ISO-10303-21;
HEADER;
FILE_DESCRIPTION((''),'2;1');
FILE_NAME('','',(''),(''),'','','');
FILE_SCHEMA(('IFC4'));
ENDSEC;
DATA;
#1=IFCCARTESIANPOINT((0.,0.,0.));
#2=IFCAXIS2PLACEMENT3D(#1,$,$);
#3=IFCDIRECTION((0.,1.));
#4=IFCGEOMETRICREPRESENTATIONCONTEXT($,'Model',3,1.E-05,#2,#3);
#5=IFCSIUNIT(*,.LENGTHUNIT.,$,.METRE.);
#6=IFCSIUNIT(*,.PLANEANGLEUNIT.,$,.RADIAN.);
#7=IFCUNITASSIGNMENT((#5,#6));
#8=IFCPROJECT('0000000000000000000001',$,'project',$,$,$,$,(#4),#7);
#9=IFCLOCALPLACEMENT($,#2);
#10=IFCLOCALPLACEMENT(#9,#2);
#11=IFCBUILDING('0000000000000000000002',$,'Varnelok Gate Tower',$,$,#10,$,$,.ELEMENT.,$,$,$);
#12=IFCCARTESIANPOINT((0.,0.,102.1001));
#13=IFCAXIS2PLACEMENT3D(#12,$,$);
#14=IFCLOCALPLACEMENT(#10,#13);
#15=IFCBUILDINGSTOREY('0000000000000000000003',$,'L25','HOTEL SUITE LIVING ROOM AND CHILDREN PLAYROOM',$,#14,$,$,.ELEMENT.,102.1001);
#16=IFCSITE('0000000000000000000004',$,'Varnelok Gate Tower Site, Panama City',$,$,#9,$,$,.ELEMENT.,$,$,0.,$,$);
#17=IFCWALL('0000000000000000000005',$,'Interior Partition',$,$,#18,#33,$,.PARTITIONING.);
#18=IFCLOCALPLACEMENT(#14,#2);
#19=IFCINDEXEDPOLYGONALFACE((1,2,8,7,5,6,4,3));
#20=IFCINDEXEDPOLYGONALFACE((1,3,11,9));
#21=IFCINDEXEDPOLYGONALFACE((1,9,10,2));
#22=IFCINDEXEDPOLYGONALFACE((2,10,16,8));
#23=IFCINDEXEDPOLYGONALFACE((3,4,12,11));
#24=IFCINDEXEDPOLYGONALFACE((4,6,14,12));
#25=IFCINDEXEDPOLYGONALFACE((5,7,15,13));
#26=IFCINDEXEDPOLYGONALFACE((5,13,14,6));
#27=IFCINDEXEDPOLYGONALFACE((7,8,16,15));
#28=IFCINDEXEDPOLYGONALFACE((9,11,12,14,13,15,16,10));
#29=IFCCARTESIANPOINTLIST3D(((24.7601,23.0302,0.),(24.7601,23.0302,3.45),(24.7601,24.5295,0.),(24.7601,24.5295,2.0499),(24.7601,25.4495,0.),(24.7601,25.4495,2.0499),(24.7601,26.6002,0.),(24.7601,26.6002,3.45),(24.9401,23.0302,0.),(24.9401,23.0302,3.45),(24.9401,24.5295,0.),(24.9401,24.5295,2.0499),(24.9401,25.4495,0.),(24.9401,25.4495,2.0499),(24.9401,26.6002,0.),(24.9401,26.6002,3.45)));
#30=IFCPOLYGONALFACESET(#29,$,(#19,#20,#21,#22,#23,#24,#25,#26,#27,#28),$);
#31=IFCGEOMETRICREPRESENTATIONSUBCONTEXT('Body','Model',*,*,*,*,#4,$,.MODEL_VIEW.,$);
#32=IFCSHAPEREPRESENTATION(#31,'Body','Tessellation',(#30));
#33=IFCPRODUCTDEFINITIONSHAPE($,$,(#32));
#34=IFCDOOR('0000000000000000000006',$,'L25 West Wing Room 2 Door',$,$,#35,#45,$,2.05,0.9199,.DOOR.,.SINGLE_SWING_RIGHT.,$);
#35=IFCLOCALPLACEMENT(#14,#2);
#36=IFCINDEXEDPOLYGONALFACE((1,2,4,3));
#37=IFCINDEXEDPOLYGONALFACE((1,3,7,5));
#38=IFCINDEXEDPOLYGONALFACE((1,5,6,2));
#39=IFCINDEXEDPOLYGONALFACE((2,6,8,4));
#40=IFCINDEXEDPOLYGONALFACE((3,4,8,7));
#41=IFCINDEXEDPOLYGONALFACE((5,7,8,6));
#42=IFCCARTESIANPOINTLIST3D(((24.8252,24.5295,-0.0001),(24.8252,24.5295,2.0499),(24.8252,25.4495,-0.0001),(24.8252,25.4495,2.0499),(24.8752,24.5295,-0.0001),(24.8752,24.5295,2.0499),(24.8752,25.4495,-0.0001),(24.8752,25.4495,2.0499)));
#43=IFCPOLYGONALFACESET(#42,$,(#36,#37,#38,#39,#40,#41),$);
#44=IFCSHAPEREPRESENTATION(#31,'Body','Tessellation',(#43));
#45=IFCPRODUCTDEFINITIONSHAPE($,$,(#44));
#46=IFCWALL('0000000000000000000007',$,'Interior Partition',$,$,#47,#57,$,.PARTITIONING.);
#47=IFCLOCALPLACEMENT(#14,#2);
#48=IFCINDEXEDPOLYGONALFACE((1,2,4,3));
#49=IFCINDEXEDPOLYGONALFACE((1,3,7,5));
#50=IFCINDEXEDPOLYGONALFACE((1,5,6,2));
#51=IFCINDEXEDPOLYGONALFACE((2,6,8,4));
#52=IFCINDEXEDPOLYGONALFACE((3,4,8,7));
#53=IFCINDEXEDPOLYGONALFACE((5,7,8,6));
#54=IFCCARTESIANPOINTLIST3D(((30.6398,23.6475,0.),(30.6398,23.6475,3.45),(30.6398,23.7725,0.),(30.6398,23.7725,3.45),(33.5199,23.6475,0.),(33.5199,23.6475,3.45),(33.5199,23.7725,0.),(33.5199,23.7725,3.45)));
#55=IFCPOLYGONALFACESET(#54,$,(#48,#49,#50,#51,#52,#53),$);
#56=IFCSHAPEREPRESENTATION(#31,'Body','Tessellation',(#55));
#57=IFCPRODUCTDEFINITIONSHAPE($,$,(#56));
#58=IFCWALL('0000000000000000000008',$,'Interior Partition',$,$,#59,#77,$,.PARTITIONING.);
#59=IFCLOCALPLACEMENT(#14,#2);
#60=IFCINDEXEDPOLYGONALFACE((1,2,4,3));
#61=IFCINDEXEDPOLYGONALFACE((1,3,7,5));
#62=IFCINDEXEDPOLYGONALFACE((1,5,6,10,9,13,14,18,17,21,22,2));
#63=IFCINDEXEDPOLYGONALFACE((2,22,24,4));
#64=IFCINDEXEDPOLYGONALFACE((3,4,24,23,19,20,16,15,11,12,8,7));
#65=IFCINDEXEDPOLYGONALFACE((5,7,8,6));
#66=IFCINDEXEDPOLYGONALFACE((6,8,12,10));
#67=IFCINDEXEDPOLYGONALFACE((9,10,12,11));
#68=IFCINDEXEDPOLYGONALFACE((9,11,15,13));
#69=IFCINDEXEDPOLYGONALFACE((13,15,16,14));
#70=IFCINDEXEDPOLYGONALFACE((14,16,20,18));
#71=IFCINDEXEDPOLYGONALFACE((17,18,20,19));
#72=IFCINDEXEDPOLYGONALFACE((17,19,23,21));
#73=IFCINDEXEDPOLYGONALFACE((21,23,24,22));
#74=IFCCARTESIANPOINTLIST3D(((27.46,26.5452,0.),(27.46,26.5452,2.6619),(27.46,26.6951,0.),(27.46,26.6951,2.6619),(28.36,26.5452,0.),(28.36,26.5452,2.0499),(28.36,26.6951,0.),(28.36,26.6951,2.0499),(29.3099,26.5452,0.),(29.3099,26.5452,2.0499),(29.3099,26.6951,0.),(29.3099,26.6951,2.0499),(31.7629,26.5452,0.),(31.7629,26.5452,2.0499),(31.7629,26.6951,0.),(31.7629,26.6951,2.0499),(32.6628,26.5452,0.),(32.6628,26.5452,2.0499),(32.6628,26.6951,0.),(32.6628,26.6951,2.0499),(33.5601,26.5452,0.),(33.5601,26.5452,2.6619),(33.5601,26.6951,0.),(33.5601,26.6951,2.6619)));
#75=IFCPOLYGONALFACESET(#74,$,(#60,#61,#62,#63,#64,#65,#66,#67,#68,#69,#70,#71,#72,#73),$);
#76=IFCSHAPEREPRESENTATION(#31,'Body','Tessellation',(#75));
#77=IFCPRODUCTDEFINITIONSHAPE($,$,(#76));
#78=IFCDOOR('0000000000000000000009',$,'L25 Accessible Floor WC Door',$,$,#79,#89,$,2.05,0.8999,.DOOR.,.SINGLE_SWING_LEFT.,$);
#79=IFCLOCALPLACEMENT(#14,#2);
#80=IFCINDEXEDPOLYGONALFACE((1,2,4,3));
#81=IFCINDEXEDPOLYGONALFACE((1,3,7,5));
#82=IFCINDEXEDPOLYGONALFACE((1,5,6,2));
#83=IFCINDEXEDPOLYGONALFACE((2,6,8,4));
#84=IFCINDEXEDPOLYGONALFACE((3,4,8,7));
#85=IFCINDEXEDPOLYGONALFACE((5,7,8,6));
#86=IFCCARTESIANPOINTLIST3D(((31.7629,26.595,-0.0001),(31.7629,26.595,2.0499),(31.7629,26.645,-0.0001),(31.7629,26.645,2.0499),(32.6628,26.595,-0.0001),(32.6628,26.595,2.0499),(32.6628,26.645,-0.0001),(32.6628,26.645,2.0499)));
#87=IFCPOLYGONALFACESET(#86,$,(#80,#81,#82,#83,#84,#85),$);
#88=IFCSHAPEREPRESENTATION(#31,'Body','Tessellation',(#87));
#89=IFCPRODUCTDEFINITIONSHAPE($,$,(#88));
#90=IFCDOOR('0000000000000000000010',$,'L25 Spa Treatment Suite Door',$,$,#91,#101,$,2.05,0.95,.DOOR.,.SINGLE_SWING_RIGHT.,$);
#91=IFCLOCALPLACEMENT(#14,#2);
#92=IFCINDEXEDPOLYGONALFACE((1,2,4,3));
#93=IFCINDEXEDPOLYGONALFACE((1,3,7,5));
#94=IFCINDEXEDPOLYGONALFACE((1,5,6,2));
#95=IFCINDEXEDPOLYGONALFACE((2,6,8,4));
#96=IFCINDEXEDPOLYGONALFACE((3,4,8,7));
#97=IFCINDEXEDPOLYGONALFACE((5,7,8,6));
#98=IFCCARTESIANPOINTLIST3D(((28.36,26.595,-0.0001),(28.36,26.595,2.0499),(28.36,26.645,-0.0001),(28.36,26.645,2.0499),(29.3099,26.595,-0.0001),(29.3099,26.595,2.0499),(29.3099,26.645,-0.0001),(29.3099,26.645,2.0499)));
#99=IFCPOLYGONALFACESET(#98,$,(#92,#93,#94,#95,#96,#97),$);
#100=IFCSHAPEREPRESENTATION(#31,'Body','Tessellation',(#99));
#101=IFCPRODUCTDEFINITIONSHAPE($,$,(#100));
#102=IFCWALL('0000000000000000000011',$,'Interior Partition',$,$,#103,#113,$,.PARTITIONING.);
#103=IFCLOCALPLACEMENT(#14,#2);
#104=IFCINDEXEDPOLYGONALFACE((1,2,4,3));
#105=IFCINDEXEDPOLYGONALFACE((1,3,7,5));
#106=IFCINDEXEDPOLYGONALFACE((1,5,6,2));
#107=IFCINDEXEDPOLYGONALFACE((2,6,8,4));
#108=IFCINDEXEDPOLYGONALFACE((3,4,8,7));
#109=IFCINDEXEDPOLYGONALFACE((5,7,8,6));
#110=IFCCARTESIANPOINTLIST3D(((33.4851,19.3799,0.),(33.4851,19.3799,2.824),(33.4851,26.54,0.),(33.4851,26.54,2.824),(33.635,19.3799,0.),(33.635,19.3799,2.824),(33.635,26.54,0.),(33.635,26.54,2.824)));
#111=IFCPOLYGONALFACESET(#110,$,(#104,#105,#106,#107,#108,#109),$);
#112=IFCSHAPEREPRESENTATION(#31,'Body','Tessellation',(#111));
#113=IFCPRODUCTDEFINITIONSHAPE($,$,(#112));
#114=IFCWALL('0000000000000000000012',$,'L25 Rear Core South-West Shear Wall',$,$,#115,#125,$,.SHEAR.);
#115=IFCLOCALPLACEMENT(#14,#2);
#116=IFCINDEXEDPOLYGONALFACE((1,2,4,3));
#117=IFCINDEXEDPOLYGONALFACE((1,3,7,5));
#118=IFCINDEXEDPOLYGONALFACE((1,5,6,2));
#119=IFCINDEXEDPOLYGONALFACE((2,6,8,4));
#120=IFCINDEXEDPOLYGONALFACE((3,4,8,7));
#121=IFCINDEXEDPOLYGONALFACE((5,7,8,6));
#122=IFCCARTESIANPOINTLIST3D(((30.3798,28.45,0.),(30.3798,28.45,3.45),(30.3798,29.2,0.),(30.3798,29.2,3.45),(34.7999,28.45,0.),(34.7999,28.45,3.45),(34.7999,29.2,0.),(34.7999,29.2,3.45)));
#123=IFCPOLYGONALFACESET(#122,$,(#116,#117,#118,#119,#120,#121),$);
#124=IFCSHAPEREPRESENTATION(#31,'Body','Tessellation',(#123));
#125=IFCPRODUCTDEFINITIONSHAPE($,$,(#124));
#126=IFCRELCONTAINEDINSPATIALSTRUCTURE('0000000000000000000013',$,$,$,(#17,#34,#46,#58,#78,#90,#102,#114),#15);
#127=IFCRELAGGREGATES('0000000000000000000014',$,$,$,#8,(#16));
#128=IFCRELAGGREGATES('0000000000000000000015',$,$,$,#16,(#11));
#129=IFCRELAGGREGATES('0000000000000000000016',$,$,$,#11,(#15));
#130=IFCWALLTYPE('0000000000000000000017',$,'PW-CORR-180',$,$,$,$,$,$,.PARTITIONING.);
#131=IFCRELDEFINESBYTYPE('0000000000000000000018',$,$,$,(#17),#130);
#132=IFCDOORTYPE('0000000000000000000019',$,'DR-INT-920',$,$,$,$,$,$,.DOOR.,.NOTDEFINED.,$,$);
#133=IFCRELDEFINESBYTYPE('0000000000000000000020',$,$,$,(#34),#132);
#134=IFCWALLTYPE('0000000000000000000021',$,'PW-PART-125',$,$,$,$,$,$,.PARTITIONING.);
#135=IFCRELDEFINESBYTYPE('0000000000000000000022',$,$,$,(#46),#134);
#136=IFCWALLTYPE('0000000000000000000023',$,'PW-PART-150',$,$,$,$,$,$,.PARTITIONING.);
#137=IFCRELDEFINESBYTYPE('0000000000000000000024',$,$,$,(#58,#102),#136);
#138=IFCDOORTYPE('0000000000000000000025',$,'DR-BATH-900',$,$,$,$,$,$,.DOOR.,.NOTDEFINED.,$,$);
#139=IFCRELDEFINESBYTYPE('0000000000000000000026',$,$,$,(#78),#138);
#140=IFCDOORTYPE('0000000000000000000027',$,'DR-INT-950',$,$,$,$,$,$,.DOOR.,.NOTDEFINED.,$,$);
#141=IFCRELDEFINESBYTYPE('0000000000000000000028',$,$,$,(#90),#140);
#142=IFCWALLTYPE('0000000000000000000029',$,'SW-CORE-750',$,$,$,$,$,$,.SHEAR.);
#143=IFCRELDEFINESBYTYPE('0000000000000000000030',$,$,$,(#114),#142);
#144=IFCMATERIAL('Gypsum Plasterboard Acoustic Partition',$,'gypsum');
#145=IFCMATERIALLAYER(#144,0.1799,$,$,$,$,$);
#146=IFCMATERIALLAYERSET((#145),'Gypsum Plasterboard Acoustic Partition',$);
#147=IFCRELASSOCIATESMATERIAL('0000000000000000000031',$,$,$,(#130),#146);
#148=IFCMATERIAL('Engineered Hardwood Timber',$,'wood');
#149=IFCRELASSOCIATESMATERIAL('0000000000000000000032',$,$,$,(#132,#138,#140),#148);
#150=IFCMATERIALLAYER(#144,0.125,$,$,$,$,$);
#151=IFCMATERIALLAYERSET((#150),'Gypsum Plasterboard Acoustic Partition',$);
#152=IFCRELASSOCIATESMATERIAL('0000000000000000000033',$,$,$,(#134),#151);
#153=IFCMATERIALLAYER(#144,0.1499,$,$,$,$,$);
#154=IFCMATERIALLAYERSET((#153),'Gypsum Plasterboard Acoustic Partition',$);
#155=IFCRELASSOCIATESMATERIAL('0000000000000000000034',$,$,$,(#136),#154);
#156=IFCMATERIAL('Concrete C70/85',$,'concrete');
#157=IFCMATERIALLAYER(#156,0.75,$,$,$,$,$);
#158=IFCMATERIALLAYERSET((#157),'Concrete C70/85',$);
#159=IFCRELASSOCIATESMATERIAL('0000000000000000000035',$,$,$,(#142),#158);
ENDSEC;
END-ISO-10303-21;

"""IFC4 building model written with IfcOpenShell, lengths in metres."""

from ifc_helpers import new_model, si_unit, direction, frame, frame_2d, origin, place, context, subcontext, project, spatial, rectangle, extrude, material, layer, layer_set, type_object, element, fill, save


model = new_model("IFC4")

# Units and contexts
model_context = context("Model", 3, precision=1e-05, world=origin(), true_north=direction((0.0, 1.0)))
body_context = subcontext(model_context, "Body", "Model", "MODEL_VIEW")
ifc_project = project(units=[si_unit("LENGTHUNIT", "METRE"), si_unit("PLANEANGLEUNIT", "RADIAN")], contexts=[model_context])

# Site, building, storey
site_placement = place(None, origin())
site = spatial("IfcSite", under=ifc_project, at=site_placement, Name="Varnelok Gate Tower Site, Panama City", CompositionType="ELEMENT", RefElevation=0.0)
building_placement = place(site_placement, origin())
building = spatial("IfcBuilding", under=site, at=building_placement, Name="Varnelok Gate Tower", CompositionType="ELEMENT")
storey_placement = place(building_placement, frame((0.0, 0.0, 102.1001)))
storey = spatial("IfcBuildingStorey", under=building, at=storey_placement, Name="L25", Description="HOTEL SUITE LIVING ROOM AND CHILDREN PLAYROOM", CompositionType="ELEMENT", Elevation=102.1001)

# Shared definitions
ifc_material_1 = material(Name="Concrete C70/85", Category="concrete")

# Wall, opening, door
ifc_material_2 = material(Name="Gypsum Plasterboard Acoustic Partition", Category="gypsum")
ifc_layer_1 = layer(ifc_material_2, 0.1799)
ifc_layer_set_1 = layer_set([ifc_layer_1], Name="Gypsum Plasterboard Acoustic Partition")
wall_type_1 = type_object("IfcWallType", Name="PW-CORR-180", PredefinedType="PARTITIONING", material=ifc_layer_set_1)
wall_1_placement = place(storey_placement, frame((24.8501, 23.03, 0.0), z_axis=(0.0, 0.0, 1.0), x_axis=(0.0, 1.0, 0.0)))
wall_1 = element("IfcWall", 1, at=wall_1_placement, inside=storey, type_object=wall_type_1, Name="Interior Partition", PredefinedType="PARTITIONING", context=body_context, shape_type="SweptSolid", body=[
    extrude(rectangle(XDim=3.5701, YDim=0.1799, at=frame_2d((1.7852, 0.0))), origin(), (0.0, 0.0, 1.0), 3.45),
])
opening_1_placement = place(wall_1_placement, frame((1.4995, 0.0, 0.0)))
opening_1 = element("IfcOpeningElement", 2, at=opening_1_placement, cuts=wall_1, PredefinedType="OPENING", context=body_context, shape_type="SweptSolid", body=[
    extrude(rectangle(XDim=0.9199, YDim=2.05, at=frame_2d((0.46, 1.0249))), frame((0.0, 0.0999, 0.0), z_axis=(0.0, -1.0, 0.0), x_axis=(1.0, 0.0, 0.0)), (0.0, 0.0, 1.0), 0.2),
])
ifc_material_3 = material(Name="Engineered Hardwood Timber", Category="wood")
door_type_1 = type_object("IfcDoorType", Name="DR-INT-920", OperationType="NOTDEFINED", PredefinedType="DOOR", material=ifc_material_3)
door_1_placement = place(opening_1_placement, origin())
door_1 = element("IfcDoor", 3, at=door_1_placement, inside=storey, type_object=door_type_1, Name="L25 West Wing Room 2 Door", OperationType="SINGLE_SWING_RIGHT", OverallHeight=2.05, OverallWidth=0.9199, PredefinedType="DOOR", context=body_context, shape_type="SweptSolid", body=[
    extrude(rectangle(XDim=0.9199, YDim=2.05, at=frame_2d((0.46, 1.0249))), frame((0.0, 0.0249, 0.0), z_axis=(0.0, -1.0, 0.0), x_axis=(1.0, 0.0, 0.0)), (0.0, 0.0, 1.0), 0.05),
])
fill(opening_1, door_1)

# Wall
ifc_layer_2 = layer(ifc_material_2, 0.125)
ifc_layer_set_2 = layer_set([ifc_layer_2], Name="Gypsum Plasterboard Acoustic Partition")
wall_type_2 = type_object("IfcWallType", Name="PW-PART-125", PredefinedType="PARTITIONING", material=ifc_layer_set_2)
wall_2_placement = place(storey_placement, frame((30.6399, 23.71, 0.0), z_axis=(0.0, 0.0, 1.0), x_axis=(1.0, 0.0, 0.0)))
element("IfcWall", 4, at=wall_2_placement, inside=storey, type_object=wall_type_2, Name="Interior Partition", PredefinedType="PARTITIONING", context=body_context, shape_type="SweptSolid", body=[
    extrude(rectangle(XDim=2.8801, YDim=0.125, at=frame_2d((1.4399, 0.0))), origin(), (0.0, 0.0, 1.0), 3.45),
])

# Wall, openings, doors
ifc_layer_3 = layer(ifc_material_2, 0.1499)
ifc_layer_set_3 = layer_set([ifc_layer_3], Name="Gypsum Plasterboard Acoustic Partition")
wall_type_3 = type_object("IfcWallType", Name="PW-PART-150", PredefinedType="PARTITIONING", material=ifc_layer_set_3)
wall_3_placement = place(storey_placement, frame((27.46, 26.6201, 0.0), z_axis=(0.0, 0.0, 1.0), x_axis=(1.0, 0.0, 0.0)))
wall_3 = element("IfcWall", 5, at=wall_3_placement, inside=storey, type_object=wall_type_3, Name="Interior Partition", PredefinedType="PARTITIONING", context=body_context, shape_type="SweptSolid", body=[
    extrude(rectangle(XDim=6.1001, YDim=0.1499, at=frame_2d((3.05, 0.0))), origin(), (0.0, 0.0, 1.0), 2.6619),
])
opening_2_placement = place(wall_3_placement, frame((0.8999, 0.0, 0.0)))
opening_2 = element("IfcOpeningElement", 6, at=opening_2_placement, cuts=wall_3, PredefinedType="OPENING", context=body_context, shape_type="SweptSolid", body=[
    extrude(rectangle(XDim=0.95, YDim=2.05, at=frame_2d((0.4751, 1.0249))), frame((0.0, 0.085, 0.0), z_axis=(0.0, -1.0, 0.0), x_axis=(1.0, 0.0, 0.0)), (0.0, 0.0, 1.0), 0.1699),
])
opening_3_placement = place(wall_3_placement, frame((4.303, 0.0, 0.0)))
opening_3 = element("IfcOpeningElement", 7, at=opening_3_placement, cuts=wall_3, PredefinedType="OPENING", context=body_context, shape_type="SweptSolid", body=[
    extrude(rectangle(XDim=0.8999, YDim=2.05, at=frame_2d((0.45, 1.0249))), frame((0.0, 0.085, 0.0), z_axis=(0.0, -1.0, 0.0), x_axis=(1.0, 0.0, 0.0)), (0.0, 0.0, 1.0), 0.1699),
])
door_type_2 = type_object("IfcDoorType", Name="DR-BATH-900", OperationType="NOTDEFINED", PredefinedType="DOOR", material=ifc_material_3)
door_2_placement = place(opening_3_placement, origin())
door_2 = element("IfcDoor", 8, at=door_2_placement, inside=storey, type_object=door_type_2, Name="L25 Accessible Floor WC Door", OperationType="SINGLE_SWING_LEFT", OverallHeight=2.05, OverallWidth=0.8999, PredefinedType="DOOR", context=body_context, shape_type="SweptSolid", body=[
    extrude(rectangle(XDim=0.8999, YDim=2.05, at=frame_2d((0.45, 1.0249))), frame((0.0, 0.0249, 0.0), z_axis=(0.0, -1.0, 0.0), x_axis=(1.0, 0.0, 0.0)), (0.0, 0.0, 1.0), 0.05),
])
fill(opening_3, door_2)
door_type_3 = type_object("IfcDoorType", Name="DR-INT-950", OperationType="NOTDEFINED", PredefinedType="DOOR", material=ifc_material_3)
door_3_placement = place(opening_2_placement, origin())
door_3 = element("IfcDoor", 9, at=door_3_placement, inside=storey, type_object=door_type_3, Name="L25 Spa Treatment Suite Door", OperationType="SINGLE_SWING_RIGHT", OverallHeight=2.05, OverallWidth=0.95, PredefinedType="DOOR", context=body_context, shape_type="SweptSolid", body=[
    extrude(rectangle(XDim=0.95, YDim=2.05, at=frame_2d((0.4751, 1.0249))), frame((0.0, 0.0249, 0.0), z_axis=(0.0, -1.0, 0.0), x_axis=(1.0, 0.0, 0.0)), (0.0, 0.0, 1.0), 0.05),
])
fill(opening_2, door_3)

# Wall
wall_4_placement = place(storey_placement, frame((33.5601, 19.3799, 0.0), z_axis=(0.0, 0.0, 1.0), x_axis=(0.0, 1.0, 0.0)))
element("IfcWall", 10, at=wall_4_placement, inside=storey, type_object=wall_type_3, Name="Interior Partition", PredefinedType="PARTITIONING", context=body_context, shape_type="SweptSolid", body=[
    extrude(rectangle(XDim=7.1602, YDim=0.1499, at=frame_2d((3.5801, 0.0))), origin(), (0.0, 0.0, 1.0), 2.824),
])

# Wall
ifc_layer_4 = layer(ifc_material_1, 0.75)
ifc_layer_set_4 = layer_set([ifc_layer_4], Name="Concrete C70/85")
wall_type_4 = type_object("IfcWallType", Name="SW-CORE-750", PredefinedType="SHEAR", material=ifc_layer_set_4)
wall_5_placement = place(storey_placement, frame((30.3799, 28.825, 0.0), z_axis=(0.0, 0.0, 1.0), x_axis=(1.0, 0.0, 0.0)))
element("IfcWall", 11, at=wall_5_placement, inside=storey, type_object=wall_type_4, Name="L25 Rear Core South-West Shear Wall", PredefinedType="SHEAR", context=body_context, shape_type="SweptSolid", body=[
    extrude(rectangle(XDim=4.4202, YDim=0.75, at=frame_2d((2.21, 0.0))), origin(), (0.0, 0.0, 1.0), 3.45),
])

save(model, "model.ifc")
